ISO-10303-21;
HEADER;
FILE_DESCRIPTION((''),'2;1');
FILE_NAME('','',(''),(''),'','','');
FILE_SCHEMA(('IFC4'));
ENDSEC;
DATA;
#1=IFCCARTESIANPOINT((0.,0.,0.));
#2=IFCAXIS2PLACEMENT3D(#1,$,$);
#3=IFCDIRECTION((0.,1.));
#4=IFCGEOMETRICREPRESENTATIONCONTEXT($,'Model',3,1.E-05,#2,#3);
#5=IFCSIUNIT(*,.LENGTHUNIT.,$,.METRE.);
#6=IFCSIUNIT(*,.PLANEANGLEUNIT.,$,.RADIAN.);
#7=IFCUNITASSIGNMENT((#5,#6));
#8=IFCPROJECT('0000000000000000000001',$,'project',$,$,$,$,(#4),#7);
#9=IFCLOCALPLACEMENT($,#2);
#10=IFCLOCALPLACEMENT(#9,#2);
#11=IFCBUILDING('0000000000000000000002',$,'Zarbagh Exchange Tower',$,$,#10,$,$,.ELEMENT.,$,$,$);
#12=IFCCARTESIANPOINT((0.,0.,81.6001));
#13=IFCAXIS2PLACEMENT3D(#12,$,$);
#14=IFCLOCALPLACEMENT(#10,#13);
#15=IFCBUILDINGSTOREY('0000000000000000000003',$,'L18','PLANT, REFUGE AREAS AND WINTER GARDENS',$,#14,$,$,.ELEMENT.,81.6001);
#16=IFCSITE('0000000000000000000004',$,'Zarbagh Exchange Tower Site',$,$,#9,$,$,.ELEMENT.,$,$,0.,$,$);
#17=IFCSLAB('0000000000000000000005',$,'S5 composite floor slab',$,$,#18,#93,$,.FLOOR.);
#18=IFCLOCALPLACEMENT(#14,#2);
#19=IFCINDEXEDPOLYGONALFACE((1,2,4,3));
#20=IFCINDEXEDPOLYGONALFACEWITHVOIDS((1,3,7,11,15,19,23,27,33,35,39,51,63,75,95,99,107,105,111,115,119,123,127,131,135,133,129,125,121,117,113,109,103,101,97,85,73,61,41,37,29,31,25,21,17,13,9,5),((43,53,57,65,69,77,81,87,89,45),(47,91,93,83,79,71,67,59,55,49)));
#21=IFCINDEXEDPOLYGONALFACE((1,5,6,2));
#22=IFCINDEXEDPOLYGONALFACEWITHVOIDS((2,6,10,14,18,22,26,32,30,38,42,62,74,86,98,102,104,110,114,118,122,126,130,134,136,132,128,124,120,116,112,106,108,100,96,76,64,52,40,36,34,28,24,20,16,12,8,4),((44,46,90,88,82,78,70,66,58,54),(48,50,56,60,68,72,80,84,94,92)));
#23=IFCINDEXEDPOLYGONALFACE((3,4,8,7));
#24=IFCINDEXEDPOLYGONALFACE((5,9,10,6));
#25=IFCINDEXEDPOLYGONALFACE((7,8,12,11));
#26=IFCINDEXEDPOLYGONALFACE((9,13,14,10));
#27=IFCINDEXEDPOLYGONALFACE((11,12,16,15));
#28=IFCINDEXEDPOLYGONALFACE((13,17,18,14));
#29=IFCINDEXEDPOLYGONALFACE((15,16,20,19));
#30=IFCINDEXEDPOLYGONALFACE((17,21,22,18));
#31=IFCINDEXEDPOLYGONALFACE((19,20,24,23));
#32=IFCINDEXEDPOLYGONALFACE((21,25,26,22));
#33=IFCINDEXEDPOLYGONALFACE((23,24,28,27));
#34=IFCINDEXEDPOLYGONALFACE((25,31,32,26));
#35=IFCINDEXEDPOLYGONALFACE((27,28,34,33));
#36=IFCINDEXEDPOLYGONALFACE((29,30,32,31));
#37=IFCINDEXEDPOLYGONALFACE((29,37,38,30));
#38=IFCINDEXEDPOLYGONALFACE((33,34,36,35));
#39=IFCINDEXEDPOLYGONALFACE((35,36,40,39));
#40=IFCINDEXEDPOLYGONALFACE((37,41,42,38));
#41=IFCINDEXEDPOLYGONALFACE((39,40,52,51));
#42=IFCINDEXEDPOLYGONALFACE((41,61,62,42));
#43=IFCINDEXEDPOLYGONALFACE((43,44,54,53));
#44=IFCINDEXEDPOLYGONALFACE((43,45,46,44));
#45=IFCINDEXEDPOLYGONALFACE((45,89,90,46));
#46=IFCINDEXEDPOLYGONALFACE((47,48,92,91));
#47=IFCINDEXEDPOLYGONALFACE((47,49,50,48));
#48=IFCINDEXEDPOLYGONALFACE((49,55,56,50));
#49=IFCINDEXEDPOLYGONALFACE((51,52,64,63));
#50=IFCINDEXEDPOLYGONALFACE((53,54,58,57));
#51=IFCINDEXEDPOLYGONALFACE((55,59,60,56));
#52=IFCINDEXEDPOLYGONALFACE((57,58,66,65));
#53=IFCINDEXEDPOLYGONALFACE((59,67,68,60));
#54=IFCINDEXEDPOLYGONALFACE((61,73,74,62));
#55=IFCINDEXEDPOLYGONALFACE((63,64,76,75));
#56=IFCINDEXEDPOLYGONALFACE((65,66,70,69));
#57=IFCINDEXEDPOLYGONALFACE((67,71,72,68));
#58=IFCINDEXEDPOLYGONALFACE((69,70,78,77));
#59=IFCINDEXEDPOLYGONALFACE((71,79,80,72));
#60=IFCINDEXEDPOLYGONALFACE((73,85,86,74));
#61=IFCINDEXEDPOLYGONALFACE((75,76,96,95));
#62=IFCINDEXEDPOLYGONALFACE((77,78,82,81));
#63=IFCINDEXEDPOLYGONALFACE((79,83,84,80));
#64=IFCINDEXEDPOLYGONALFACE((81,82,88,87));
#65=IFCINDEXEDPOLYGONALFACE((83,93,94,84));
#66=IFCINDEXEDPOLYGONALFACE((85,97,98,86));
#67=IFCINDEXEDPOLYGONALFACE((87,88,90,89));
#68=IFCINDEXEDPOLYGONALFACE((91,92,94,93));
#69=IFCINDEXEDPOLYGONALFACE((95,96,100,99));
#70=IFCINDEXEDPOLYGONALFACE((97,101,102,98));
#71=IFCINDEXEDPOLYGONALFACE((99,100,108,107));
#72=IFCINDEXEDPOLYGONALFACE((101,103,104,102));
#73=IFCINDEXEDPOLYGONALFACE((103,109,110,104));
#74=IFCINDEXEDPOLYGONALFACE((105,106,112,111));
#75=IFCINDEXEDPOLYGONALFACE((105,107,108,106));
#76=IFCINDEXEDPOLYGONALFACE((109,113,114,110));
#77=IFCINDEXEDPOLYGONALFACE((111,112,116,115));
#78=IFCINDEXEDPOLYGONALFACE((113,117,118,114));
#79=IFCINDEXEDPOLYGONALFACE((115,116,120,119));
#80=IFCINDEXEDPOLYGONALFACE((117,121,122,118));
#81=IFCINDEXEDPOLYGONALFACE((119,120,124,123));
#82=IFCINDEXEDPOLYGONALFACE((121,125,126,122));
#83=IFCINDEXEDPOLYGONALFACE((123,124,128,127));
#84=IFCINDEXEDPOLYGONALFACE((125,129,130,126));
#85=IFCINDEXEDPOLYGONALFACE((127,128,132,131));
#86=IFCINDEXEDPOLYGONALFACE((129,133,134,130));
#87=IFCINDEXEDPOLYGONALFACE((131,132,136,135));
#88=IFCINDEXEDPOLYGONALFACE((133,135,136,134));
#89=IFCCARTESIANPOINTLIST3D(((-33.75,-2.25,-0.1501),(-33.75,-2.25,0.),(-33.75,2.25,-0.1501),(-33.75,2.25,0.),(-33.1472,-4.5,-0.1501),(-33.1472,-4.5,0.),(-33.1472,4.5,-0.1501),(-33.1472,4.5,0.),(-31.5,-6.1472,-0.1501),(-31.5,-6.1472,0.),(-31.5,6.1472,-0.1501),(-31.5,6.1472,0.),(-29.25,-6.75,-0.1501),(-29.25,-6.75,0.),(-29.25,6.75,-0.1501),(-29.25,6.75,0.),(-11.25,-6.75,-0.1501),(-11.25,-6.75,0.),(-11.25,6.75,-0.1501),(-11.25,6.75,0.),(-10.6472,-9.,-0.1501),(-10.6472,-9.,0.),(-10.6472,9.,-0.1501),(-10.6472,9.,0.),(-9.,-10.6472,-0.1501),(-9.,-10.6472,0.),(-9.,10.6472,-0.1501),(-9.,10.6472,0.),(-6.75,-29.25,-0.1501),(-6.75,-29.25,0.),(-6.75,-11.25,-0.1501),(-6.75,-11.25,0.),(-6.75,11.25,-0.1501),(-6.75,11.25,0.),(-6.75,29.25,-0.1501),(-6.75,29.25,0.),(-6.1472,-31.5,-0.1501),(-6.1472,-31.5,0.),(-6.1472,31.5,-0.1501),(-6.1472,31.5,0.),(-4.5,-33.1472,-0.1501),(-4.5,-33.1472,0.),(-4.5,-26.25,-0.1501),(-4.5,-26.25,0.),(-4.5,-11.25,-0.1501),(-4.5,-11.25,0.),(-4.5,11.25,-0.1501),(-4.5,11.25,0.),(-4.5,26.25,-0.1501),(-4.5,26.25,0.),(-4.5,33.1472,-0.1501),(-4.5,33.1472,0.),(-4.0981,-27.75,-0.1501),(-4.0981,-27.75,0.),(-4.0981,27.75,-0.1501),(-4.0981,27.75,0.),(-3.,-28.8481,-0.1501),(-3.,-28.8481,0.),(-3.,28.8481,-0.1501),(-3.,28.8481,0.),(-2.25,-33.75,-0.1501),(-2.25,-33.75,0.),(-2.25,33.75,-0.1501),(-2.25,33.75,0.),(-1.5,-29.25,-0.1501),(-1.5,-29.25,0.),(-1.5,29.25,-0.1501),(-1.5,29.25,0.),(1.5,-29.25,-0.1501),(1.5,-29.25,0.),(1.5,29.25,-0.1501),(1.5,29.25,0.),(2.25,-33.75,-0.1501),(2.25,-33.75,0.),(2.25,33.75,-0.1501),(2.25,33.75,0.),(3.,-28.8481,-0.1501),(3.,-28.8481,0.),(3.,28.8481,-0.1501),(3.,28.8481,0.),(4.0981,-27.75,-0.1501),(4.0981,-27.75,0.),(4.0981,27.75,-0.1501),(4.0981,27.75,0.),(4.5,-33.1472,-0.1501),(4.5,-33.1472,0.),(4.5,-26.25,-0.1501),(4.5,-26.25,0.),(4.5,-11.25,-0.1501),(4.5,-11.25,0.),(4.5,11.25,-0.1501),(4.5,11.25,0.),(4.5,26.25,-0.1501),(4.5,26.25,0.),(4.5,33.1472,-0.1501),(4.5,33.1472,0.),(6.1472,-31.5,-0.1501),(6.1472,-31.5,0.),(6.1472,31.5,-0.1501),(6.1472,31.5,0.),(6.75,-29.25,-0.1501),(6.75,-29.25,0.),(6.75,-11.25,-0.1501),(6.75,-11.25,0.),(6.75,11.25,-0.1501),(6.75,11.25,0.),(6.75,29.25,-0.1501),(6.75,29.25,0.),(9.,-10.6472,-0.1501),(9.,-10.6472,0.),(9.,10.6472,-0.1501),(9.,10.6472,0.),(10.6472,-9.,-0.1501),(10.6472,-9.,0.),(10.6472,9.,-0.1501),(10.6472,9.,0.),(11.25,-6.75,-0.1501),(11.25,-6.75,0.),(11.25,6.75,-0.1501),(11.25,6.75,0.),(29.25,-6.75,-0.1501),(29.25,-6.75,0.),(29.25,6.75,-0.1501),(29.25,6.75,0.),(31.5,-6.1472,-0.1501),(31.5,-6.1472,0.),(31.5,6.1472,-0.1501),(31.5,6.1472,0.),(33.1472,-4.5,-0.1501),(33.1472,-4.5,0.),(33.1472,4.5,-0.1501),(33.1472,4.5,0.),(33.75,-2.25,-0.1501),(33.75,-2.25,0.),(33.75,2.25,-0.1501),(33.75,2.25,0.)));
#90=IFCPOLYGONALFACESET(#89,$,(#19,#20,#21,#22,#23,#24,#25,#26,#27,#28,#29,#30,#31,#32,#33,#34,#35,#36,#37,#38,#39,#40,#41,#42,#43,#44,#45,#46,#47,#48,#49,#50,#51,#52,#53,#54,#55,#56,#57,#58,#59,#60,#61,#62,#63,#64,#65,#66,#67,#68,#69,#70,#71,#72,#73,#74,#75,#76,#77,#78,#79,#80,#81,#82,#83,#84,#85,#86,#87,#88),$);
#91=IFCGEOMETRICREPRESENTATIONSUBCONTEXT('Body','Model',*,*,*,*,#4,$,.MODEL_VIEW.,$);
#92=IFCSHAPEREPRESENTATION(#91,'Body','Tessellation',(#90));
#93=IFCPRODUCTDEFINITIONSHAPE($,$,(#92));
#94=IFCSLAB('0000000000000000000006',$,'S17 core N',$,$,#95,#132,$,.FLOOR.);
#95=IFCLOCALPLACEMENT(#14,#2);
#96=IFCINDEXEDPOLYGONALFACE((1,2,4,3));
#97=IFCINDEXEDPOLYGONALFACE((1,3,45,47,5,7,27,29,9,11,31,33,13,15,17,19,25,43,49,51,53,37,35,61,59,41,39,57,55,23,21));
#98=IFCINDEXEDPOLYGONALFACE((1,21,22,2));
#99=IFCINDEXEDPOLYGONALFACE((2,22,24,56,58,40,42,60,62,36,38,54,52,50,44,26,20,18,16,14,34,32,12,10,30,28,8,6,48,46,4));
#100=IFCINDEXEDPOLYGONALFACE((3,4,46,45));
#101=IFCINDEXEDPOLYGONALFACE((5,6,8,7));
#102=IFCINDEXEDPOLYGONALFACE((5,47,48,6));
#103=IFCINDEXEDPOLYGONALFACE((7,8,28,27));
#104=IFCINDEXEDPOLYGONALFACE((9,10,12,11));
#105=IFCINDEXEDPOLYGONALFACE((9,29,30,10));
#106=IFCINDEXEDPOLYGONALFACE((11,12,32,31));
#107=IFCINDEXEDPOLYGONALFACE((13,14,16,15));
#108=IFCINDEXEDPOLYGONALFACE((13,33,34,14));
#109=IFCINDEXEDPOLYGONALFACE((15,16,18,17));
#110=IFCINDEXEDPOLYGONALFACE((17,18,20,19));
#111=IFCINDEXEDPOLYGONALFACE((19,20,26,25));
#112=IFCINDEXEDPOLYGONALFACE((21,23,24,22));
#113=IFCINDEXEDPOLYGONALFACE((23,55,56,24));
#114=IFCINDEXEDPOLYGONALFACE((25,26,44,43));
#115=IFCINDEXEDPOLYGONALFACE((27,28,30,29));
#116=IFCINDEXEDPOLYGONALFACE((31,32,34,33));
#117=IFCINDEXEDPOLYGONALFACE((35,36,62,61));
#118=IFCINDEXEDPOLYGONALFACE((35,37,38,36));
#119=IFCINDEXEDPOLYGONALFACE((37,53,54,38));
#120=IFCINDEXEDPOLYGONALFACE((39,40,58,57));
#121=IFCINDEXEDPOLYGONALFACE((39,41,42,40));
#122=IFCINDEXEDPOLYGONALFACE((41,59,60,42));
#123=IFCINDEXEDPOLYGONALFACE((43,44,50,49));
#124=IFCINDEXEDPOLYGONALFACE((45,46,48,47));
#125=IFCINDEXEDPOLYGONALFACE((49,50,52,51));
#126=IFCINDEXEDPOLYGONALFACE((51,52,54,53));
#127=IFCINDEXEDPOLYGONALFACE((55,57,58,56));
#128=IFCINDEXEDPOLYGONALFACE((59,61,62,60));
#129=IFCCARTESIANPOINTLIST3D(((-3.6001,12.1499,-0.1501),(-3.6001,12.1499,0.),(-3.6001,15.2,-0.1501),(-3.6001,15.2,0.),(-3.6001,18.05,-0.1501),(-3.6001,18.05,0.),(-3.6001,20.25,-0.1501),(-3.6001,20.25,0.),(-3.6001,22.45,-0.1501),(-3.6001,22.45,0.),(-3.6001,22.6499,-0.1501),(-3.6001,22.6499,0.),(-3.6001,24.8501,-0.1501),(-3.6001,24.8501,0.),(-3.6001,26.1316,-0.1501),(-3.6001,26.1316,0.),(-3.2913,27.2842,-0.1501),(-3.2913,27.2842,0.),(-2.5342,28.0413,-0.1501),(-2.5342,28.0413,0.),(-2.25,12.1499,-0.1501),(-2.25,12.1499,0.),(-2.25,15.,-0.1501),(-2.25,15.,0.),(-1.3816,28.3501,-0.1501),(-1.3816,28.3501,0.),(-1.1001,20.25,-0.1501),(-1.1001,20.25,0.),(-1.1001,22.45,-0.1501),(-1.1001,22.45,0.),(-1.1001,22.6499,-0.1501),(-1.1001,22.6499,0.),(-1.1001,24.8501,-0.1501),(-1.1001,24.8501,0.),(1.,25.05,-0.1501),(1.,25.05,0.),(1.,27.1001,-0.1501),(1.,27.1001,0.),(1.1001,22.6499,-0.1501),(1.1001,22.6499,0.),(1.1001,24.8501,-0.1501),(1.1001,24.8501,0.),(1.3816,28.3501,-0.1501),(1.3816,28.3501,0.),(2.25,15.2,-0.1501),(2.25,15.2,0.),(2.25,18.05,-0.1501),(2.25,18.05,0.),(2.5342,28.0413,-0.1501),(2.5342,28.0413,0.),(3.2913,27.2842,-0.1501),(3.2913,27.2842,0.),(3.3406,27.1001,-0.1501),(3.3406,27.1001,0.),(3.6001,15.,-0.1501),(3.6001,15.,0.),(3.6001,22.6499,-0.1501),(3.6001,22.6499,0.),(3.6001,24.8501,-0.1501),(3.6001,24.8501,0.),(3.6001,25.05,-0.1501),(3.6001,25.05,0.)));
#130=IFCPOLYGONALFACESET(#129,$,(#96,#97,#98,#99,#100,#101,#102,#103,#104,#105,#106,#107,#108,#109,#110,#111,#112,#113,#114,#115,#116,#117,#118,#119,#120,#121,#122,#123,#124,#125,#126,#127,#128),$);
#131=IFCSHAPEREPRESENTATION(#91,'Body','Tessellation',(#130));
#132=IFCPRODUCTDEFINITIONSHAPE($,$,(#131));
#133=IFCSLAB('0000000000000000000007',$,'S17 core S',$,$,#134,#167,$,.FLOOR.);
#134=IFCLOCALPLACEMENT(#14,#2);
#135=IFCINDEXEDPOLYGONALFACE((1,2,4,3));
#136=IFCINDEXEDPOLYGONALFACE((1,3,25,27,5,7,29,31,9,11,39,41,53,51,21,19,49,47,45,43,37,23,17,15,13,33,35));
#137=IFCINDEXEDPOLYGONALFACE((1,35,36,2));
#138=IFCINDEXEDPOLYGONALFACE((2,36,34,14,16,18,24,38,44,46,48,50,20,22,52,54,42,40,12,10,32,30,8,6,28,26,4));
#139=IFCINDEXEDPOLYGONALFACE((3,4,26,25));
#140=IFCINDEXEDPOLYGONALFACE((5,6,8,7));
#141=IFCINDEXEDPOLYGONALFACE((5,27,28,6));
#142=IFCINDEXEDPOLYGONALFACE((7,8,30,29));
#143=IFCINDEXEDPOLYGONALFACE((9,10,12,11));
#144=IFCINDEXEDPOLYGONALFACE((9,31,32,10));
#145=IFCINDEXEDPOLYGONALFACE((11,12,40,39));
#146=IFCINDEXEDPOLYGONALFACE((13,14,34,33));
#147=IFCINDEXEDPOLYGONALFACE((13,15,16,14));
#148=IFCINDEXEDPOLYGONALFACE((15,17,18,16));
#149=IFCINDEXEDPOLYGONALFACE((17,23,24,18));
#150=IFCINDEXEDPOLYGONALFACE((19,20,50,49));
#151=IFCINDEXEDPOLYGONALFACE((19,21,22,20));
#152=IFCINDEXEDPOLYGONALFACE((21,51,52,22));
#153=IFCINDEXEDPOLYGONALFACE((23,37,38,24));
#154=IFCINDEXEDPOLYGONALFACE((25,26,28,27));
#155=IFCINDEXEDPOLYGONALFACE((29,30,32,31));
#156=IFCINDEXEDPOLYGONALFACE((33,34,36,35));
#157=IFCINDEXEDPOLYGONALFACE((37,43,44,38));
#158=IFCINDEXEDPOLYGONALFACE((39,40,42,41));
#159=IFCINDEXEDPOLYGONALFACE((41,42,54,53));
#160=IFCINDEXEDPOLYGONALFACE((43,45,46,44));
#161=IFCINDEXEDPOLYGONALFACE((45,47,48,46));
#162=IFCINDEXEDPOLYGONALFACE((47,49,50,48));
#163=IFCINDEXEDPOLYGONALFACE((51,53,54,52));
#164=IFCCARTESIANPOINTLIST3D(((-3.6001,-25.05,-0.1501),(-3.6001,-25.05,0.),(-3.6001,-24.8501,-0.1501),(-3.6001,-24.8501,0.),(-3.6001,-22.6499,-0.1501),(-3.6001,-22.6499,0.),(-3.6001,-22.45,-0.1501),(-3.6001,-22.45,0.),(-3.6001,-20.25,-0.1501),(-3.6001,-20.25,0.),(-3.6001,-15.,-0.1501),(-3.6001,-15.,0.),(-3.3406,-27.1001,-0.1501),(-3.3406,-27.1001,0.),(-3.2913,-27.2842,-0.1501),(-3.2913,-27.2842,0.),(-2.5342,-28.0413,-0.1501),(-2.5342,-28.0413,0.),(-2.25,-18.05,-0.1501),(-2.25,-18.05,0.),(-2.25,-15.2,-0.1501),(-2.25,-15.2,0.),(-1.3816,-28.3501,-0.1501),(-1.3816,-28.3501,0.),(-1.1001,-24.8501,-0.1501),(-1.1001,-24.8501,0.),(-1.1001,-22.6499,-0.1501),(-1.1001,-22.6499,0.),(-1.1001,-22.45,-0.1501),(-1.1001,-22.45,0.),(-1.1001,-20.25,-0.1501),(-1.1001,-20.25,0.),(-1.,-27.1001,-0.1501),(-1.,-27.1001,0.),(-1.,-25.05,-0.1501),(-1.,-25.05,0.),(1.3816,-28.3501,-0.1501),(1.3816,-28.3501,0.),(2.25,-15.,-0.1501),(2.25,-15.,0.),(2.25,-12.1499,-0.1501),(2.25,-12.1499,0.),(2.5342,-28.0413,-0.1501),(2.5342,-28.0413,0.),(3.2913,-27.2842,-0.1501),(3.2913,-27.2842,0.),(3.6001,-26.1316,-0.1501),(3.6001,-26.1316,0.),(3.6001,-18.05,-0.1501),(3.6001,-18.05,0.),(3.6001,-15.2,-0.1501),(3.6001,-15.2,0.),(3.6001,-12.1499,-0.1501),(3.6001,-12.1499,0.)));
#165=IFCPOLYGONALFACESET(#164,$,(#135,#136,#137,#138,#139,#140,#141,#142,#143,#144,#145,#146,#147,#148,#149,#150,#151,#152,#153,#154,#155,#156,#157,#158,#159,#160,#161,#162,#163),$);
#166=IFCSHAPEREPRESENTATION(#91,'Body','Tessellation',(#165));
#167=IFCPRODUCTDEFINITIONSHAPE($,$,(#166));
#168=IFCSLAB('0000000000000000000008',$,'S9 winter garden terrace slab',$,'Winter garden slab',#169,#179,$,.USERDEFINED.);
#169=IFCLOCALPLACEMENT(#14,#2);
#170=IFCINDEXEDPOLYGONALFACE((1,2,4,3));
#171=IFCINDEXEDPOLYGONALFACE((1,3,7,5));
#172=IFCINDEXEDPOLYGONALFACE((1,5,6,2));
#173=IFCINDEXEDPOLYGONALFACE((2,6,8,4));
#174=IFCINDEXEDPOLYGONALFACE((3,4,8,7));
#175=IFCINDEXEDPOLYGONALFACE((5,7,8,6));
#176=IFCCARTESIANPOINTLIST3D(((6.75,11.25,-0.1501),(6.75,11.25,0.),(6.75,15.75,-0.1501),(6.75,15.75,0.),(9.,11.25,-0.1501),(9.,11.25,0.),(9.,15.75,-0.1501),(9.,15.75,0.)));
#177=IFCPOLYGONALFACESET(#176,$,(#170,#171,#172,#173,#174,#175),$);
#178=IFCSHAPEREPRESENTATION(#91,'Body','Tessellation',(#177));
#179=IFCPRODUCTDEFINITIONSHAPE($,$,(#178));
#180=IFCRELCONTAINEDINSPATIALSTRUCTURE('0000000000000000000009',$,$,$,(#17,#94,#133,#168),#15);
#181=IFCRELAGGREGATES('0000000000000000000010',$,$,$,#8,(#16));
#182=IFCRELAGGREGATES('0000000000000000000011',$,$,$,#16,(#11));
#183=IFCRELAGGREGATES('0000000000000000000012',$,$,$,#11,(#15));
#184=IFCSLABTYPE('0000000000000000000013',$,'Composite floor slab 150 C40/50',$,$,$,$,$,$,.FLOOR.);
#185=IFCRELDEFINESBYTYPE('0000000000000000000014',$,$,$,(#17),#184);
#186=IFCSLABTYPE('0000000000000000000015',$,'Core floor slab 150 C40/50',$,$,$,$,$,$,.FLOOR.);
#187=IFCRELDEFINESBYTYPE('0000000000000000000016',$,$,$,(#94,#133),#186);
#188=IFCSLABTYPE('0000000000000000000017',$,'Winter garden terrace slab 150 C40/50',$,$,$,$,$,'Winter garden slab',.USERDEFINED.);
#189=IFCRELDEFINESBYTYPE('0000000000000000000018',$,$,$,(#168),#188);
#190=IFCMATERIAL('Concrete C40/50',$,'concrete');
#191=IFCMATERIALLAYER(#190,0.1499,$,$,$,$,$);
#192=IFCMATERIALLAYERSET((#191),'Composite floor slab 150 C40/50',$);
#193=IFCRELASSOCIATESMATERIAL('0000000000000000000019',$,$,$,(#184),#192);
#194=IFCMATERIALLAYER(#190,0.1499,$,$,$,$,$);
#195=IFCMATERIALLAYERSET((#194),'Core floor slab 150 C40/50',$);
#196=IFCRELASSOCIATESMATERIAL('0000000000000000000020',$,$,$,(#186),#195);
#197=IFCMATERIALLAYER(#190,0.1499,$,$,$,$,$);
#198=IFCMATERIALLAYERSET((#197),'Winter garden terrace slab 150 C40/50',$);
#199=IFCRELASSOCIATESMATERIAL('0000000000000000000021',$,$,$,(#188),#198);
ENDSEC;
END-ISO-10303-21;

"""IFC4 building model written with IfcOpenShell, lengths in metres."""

from ifc_helpers import new_model, si_unit, direction, frame, origin, place, context, subcontext, project, spatial, polyline, outline, extrude, material, layer, layer_set, type_object, element, save


model = new_model("IFC4")

# Units and contexts
model_context = context("Model", 3, precision=1e-05, world=origin(), true_north=direction((0.0, 1.0)))
body_context = subcontext(model_context, "Body", "Model", "MODEL_VIEW")
ifc_project = project(units=[si_unit("LENGTHUNIT", "METRE"), si_unit("PLANEANGLEUNIT", "RADIAN")], contexts=[model_context])

# Site, building, storey
site_placement = place(None, origin())
site = spatial("IfcSite", under=ifc_project, at=site_placement, Name="Zarbagh Exchange Tower Site", CompositionType="ELEMENT", RefElevation=0.0)
building_placement = place(site_placement, origin())
building = spatial("IfcBuilding", under=site, at=building_placement, Name="Zarbagh Exchange Tower", CompositionType="ELEMENT")
storey_placement = place(building_placement, frame((0.0, 0.0, 81.6001)))
storey = spatial("IfcBuildingStorey", under=building, at=storey_placement, Name="L18", Description="PLANT, REFUGE AREAS AND WINTER GARDENS", CompositionType="ELEMENT", Elevation=81.6001)

# Slabs
ifc_material_1 = material(Name="Concrete C40/50", Category="concrete")
ifc_layer_1 = layer(ifc_material_1, 0.1499)
ifc_layer_set_1 = layer_set([ifc_layer_1], Name="Composite floor slab 150 C40/50")
slab_type_1 = type_object("IfcSlabType", Name="Composite floor slab 150 C40/50", PredefinedType="FLOOR", material=ifc_layer_set_1)
slab_1_placement = place(storey_placement, frame((0.0, 0.0, -0.1501)))
element("IfcSlab", 1, at=slab_1_placement, inside=storey, type_object=slab_type_1, Name="S5 composite floor slab", PredefinedType="FLOOR", context=body_context, shape_type="SweptSolid", body=[
    extrude(outline(polyline([(-2.25, -33.75), (-4.5, -33.1472), (-6.1472, -31.5), (-6.75, -29.25), (-6.75, -11.25), (-9.0, -10.6472), (-10.6472, -9.0), (-11.25, -6.75), (-29.25, -6.75), (-31.5, -6.1472), (-33.1472, -4.5), (-33.75, -2.25), (-33.75, 2.25), (-33.1472, 4.5), (-31.5, 6.1472), (-29.25, 6.75), (-11.25, 6.75), (-10.6472, 9.0), (-9.0, 10.6472), (-6.75, 11.25), (-6.75, 29.25), (-6.1472, 31.5), (-4.5, 33.1472), (-2.25, 33.75), (2.25, 33.75), (4.5, 33.1472), (6.1472, 31.5), (6.75, 29.25), (6.75, 11.25), (9.0, 10.6472), (10.6472, 9.0), (11.25, 6.75), (29.25, 6.75), (31.5, 6.1472), (33.1472, 4.5), (33.75, 2.25), (33.75, -2.25), (33.1472, -4.5), (31.5, -6.1472), (29.25, -6.75), (11.25, -6.75), (10.6472, -9.0), (9.0, -10.6472), (6.75, -11.25), (6.75, -29.25), (6.1472, -31.5), (4.5, -33.1472), (2.25, -33.75), (-2.25, -33.75)]), holes=[polyline([(4.5, 11.25), (4.5, 26.25), (4.0981, 27.75), (3.0, 28.8481), (1.5, 29.25), (-1.5, 29.25), (-3.0, 28.8481), (-4.0981, 27.75), (-4.5, 26.25), (-4.5, 11.25), (4.5, 11.25)]), polyline([(-1.5, -29.25), (1.5, -29.25), (3.0, -28.8481), (4.0981, -27.75), (4.5, -26.25), (4.5, -11.25), (-4.5, -11.25), (-4.5, -26.25), (-4.0981, -27.75), (-3.0, -28.8481), (-1.5, -29.25)])]), origin(), (0.0, 0.0, 1.0), 0.1501),
])
ifc_layer_2 = layer(ifc_material_1, 0.1499)
ifc_layer_set_2 = layer_set([ifc_layer_2], Name="Core floor slab 150 C40/50")
slab_type_2 = type_object("IfcSlabType", Name="Core floor slab 150 C40/50", PredefinedType="FLOOR", material=ifc_layer_set_2)
slab_2_placement = place(storey_placement, frame((0.0, 0.0, -0.1501)))
element("IfcSlab", 2, at=slab_2_placement, inside=storey, type_object=slab_type_2, Name="S17 core N", PredefinedType="FLOOR", context=body_context, shape_type="SweptSolid", body=[
    extrude(outline(polyline([(-3.6001, 12.1499), (-3.6001, 15.2), (2.25, 15.2), (2.25, 18.05), (-3.6001, 18.05), (-3.6001, 20.25), (-1.1001, 20.25), (-1.1001, 22.45), (-3.6001, 22.45), (-3.6001, 22.6499), (-1.1001, 22.6499), (-1.1001, 24.8501), (-3.6001, 24.8501), (-3.6001, 26.1316), (-3.2913, 27.2842), (-2.5342, 28.0413), (-1.3816, 28.3501), (1.3816, 28.3501), (2.5342, 28.0413), (3.2913, 27.2842), (3.3406, 27.1001), (1.0, 27.1001), (1.0, 25.05), (3.6001, 25.05), (3.6001, 24.8501), (1.1001, 24.8501), (1.1001, 22.6499), (3.6001, 22.6499), (3.6001, 15.0), (-2.25, 15.0), (-2.25, 12.1499), (-3.6001, 12.1499)])), origin(), (0.0, 0.0, 1.0), 0.1501),
])
slab_3_placement = place(storey_placement, frame((0.0, 0.0, -0.1501)))
element("IfcSlab", 3, at=slab_3_placement, inside=storey, type_object=slab_type_2, Name="S17 core S", PredefinedType="FLOOR", context=body_context, shape_type="SweptSolid", body=[
    extrude(outline(polyline([(-2.5342, -28.0413), (-3.2913, -27.2842), (-3.3406, -27.1001), (-1.0, -27.1001), (-1.0, -25.05), (-3.6001, -25.05), (-3.6001, -24.8501), (-1.1001, -24.8501), (-1.1001, -22.6499), (-3.6001, -22.6499), (-3.6001, -22.45), (-1.1001, -22.45), (-1.1001, -20.25), (-3.6001, -20.25), (-3.6001, -15.0), (2.25, -15.0), (2.25, -12.1499), (3.6001, -12.1499), (3.6001, -15.2), (-2.25, -15.2), (-2.25, -18.05), (3.6001, -18.05), (3.6001, -26.1316), (3.2913, -27.2842), (2.5342, -28.0413), (1.3816, -28.3501), (-1.3816, -28.3501), (-2.5342, -28.0413)])), origin(), (0.0, 0.0, 1.0), 0.1501),
])
ifc_layer_3 = layer(ifc_material_1, 0.1499)
ifc_layer_set_3 = layer_set([ifc_layer_3], Name="Winter garden terrace slab 150 C40/50")
slab_type_3 = type_object("IfcSlabType", Name="Winter garden terrace slab 150 C40/50", ElementType="Winter garden slab", PredefinedType="USERDEFINED", material=ifc_layer_set_3)
slab_4_placement = place(storey_placement, frame((0.0, 0.0, -0.1501)))
element("IfcSlab", 4, at=slab_4_placement, inside=storey, type_object=slab_type_3, Name="S9 winter garden terrace slab", ObjectType="Winter garden slab", PredefinedType="USERDEFINED", context=body_context, shape_type="SweptSolid", body=[
    extrude(outline(polyline([(9.0, 11.25), (9.0, 15.75), (6.75, 15.75), (6.75, 11.25), (9.0, 11.25)])), origin(), (0.0, 0.0, 1.0), 0.1501),
])

save(model, "model.ifc")
